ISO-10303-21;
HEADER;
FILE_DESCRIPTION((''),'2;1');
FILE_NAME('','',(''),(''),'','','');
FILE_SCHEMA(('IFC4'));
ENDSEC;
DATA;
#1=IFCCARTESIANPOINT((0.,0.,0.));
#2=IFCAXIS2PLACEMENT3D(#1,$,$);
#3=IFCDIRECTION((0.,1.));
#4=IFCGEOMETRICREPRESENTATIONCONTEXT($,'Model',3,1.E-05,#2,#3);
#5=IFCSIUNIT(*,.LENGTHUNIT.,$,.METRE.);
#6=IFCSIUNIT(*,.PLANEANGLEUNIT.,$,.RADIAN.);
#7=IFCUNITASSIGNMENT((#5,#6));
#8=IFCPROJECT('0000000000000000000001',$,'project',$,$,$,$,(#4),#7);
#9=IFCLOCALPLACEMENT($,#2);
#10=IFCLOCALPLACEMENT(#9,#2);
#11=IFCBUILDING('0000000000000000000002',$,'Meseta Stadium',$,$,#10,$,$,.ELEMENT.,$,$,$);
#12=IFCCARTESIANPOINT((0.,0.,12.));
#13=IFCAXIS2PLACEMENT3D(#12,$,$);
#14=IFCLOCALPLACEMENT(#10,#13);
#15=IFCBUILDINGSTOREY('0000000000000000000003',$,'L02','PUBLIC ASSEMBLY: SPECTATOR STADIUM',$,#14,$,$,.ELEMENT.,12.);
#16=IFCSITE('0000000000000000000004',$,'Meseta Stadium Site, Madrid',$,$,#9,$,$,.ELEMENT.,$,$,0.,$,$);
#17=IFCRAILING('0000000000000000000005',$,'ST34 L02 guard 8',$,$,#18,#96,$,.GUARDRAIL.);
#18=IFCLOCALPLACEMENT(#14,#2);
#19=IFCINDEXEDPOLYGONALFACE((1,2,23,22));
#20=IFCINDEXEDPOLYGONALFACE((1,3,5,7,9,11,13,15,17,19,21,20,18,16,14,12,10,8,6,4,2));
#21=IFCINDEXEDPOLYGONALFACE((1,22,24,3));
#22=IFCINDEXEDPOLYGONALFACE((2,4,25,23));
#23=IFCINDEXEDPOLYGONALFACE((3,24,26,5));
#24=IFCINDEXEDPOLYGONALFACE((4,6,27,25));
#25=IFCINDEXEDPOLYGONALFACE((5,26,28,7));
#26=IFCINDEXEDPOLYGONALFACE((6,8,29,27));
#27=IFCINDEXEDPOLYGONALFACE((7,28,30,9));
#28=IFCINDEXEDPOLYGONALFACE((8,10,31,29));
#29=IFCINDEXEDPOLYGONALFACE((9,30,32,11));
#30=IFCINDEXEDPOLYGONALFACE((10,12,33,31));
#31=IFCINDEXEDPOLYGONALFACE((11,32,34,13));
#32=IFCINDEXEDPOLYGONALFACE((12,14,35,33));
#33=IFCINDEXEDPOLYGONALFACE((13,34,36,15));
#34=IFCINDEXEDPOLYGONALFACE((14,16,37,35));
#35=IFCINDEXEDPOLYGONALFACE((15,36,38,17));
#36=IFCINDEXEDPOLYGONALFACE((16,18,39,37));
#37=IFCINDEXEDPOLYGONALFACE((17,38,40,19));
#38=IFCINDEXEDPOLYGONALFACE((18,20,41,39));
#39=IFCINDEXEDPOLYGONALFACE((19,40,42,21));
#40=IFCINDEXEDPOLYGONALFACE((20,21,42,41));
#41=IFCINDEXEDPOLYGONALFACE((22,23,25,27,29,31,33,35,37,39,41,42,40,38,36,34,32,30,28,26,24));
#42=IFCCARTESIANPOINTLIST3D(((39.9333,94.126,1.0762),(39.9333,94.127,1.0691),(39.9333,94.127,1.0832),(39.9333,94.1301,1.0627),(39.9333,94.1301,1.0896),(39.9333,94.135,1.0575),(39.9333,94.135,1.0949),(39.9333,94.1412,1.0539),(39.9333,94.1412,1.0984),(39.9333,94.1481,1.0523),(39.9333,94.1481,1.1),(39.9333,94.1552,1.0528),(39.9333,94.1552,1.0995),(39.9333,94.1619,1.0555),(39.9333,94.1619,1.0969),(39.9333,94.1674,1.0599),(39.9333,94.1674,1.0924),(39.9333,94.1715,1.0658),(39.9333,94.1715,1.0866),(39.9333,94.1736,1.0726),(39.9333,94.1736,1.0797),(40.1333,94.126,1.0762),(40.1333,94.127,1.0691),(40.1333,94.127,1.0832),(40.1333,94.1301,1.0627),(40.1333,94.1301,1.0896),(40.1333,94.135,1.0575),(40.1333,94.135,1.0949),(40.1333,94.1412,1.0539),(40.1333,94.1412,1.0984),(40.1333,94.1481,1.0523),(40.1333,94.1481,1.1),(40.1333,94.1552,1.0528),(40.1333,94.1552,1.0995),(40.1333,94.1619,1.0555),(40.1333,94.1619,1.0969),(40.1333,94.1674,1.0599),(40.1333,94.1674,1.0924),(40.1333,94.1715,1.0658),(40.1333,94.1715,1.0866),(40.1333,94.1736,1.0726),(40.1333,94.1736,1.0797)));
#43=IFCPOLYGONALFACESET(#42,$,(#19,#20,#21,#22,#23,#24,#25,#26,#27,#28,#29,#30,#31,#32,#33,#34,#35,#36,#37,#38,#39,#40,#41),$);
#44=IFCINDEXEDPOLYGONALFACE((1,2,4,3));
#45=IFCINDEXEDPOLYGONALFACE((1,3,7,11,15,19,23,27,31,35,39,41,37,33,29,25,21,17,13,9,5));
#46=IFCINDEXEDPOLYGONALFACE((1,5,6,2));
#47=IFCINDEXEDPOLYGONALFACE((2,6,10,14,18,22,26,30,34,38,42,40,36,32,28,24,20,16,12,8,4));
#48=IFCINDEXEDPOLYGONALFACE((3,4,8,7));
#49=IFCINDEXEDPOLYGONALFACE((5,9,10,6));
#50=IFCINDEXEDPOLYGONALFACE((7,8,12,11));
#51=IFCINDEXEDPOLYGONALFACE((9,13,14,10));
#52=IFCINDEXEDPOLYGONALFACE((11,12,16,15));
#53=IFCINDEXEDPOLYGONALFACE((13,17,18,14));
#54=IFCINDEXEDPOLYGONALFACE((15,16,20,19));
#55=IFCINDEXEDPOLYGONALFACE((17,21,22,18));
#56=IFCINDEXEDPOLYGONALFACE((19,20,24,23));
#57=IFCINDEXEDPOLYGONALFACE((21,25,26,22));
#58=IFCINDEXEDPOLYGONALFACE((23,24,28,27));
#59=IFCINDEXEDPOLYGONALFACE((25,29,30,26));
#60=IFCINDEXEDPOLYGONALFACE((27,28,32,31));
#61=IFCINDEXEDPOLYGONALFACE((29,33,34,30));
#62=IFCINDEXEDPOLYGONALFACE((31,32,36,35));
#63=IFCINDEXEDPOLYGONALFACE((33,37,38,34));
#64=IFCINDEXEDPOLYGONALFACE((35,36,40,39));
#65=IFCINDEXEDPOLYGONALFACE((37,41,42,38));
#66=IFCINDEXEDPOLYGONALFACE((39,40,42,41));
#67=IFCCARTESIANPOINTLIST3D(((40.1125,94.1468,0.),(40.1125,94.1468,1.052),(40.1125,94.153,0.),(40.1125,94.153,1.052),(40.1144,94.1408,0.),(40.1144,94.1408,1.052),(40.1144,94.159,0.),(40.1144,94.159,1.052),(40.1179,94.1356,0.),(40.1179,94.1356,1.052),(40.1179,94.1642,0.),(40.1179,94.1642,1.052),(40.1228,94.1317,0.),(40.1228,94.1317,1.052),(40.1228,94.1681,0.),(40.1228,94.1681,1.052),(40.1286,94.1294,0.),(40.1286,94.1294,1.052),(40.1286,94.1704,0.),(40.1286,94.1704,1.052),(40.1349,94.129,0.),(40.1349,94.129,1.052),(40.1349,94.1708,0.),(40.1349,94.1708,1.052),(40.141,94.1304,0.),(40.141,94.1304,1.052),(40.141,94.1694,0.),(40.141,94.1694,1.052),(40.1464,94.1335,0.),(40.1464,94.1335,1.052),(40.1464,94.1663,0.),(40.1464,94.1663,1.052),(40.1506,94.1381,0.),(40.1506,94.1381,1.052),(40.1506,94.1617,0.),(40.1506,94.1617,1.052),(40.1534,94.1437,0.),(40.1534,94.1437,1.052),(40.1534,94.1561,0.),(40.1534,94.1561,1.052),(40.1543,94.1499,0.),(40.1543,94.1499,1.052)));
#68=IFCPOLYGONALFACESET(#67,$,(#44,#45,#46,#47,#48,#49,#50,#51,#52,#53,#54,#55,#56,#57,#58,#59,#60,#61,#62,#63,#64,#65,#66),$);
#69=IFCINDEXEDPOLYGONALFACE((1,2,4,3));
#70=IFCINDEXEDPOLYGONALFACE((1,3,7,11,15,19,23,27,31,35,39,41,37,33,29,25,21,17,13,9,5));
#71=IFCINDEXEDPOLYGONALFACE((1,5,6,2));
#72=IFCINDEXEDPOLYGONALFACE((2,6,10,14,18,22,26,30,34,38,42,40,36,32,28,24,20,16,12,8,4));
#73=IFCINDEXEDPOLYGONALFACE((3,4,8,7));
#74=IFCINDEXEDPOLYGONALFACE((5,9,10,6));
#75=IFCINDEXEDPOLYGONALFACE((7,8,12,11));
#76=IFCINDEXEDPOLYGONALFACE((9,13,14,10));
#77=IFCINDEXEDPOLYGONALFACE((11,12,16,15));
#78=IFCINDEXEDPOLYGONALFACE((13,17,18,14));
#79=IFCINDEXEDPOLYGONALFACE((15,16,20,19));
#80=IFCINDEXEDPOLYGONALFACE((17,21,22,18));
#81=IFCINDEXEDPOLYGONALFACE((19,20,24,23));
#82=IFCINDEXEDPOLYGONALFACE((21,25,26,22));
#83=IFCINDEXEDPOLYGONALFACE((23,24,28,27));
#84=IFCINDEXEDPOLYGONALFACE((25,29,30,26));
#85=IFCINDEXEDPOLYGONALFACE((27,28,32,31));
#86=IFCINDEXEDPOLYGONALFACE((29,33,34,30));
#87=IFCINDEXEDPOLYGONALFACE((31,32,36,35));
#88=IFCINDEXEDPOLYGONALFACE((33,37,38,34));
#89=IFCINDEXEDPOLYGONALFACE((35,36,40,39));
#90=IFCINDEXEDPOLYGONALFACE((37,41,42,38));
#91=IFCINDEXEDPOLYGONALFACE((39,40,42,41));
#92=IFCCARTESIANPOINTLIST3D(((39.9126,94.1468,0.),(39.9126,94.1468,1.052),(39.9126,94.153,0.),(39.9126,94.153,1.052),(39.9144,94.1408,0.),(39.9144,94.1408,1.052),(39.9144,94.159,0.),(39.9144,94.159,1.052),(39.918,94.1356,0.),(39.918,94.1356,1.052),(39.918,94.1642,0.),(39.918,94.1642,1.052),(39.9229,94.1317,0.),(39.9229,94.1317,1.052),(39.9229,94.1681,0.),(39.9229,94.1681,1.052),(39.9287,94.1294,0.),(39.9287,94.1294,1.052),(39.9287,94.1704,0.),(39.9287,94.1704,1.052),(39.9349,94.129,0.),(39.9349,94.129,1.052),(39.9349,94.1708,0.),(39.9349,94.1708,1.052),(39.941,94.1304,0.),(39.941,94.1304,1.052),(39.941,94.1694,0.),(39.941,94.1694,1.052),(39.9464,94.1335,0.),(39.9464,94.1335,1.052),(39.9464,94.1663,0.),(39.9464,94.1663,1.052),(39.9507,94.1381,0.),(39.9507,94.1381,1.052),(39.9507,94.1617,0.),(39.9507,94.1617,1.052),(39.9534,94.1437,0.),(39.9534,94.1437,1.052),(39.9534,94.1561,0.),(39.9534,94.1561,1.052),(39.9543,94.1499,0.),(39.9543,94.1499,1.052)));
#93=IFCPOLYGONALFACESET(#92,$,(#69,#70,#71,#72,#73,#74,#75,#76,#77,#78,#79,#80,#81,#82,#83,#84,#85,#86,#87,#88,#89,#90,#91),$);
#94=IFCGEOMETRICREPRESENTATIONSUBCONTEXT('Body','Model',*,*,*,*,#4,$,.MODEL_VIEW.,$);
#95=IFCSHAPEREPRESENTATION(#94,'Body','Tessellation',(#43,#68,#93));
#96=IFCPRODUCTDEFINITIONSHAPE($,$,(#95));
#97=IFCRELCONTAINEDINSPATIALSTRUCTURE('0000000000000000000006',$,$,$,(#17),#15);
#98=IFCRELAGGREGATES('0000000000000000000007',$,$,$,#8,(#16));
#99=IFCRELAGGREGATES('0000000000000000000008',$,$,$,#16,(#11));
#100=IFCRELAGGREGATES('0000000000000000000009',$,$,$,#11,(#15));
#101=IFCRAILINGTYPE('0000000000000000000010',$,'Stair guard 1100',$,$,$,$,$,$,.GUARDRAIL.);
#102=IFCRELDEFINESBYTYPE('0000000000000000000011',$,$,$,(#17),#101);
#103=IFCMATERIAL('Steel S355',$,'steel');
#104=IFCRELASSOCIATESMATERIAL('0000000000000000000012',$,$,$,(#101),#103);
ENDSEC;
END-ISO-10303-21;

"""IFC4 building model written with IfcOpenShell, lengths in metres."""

from ifc_helpers import new_model, si_unit, direction, frame, origin, origin_2d, place, context, subcontext, project, spatial, circle, extrude, material, type_object, element, save


model = new_model("IFC4")

# Units and contexts
model_context = context("Model", 3, precision=1e-05, world=origin(), true_north=direction((0.0, 1.0)))
body_context = subcontext(model_context, "Body", "Model", "MODEL_VIEW")
ifc_project = project(units=[si_unit("LENGTHUNIT", "METRE"), si_unit("PLANEANGLEUNIT", "RADIAN")], contexts=[model_context])

# Site, building, storey
site_placement = place(None, origin())
site = spatial("IfcSite", under=ifc_project, at=site_placement, Name="Meseta Stadium Site, Madrid", CompositionType="ELEMENT", RefElevation=0.0)
building_placement = place(site_placement, origin())
building = spatial("IfcBuilding", under=site, at=building_placement, Name="Meseta Stadium", CompositionType="ELEMENT")
storey_placement = place(building_placement, frame((0.0, 0.0, 12.0)))
storey = spatial("IfcBuildingStorey", under=building, at=storey_placement, Name="L02", Description="PUBLIC ASSEMBLY: SPECTATOR STADIUM", CompositionType="ELEMENT", Elevation=12.0)

# Railing
ifc_material_1 = material(Name="Steel S355", Category="steel")
railing_type_1 = type_object("IfcRailingType", Name="Stair guard 1100", PredefinedType="GUARDRAIL", material=ifc_material_1)
for number, where, name in (
    (1, (40.1333, 94.1499, 0.0), "ST34 L02 guard 8"),
):
    element("IfcRailing", number, at=place(storey_placement, frame(where)), inside=storey, type_object=railing_type_1, Name=name, PredefinedType="GUARDRAIL", context=body_context, shape_type="SweptSolid", body=[
        extrude(circle(Radius=0.0239, at=origin_2d()), frame((0.0, 0.0, 1.0762), z_axis=(-1.0, 0.0, 0.0), x_axis=(0.0, -1.0, 0.0)), (0.0, 0.0, 1.0), 0.2),
        extrude(circle(Radius=0.021, at=origin_2d()), origin(), (0.0, 0.0, 1.0), 1.052),
        extrude(circle(Radius=0.021, at=origin_2d()), frame((-0.2, 0.0, 0.0)), (0.0, 0.0, 1.0), 1.052),
    ])

save(model, "model.ifc")
